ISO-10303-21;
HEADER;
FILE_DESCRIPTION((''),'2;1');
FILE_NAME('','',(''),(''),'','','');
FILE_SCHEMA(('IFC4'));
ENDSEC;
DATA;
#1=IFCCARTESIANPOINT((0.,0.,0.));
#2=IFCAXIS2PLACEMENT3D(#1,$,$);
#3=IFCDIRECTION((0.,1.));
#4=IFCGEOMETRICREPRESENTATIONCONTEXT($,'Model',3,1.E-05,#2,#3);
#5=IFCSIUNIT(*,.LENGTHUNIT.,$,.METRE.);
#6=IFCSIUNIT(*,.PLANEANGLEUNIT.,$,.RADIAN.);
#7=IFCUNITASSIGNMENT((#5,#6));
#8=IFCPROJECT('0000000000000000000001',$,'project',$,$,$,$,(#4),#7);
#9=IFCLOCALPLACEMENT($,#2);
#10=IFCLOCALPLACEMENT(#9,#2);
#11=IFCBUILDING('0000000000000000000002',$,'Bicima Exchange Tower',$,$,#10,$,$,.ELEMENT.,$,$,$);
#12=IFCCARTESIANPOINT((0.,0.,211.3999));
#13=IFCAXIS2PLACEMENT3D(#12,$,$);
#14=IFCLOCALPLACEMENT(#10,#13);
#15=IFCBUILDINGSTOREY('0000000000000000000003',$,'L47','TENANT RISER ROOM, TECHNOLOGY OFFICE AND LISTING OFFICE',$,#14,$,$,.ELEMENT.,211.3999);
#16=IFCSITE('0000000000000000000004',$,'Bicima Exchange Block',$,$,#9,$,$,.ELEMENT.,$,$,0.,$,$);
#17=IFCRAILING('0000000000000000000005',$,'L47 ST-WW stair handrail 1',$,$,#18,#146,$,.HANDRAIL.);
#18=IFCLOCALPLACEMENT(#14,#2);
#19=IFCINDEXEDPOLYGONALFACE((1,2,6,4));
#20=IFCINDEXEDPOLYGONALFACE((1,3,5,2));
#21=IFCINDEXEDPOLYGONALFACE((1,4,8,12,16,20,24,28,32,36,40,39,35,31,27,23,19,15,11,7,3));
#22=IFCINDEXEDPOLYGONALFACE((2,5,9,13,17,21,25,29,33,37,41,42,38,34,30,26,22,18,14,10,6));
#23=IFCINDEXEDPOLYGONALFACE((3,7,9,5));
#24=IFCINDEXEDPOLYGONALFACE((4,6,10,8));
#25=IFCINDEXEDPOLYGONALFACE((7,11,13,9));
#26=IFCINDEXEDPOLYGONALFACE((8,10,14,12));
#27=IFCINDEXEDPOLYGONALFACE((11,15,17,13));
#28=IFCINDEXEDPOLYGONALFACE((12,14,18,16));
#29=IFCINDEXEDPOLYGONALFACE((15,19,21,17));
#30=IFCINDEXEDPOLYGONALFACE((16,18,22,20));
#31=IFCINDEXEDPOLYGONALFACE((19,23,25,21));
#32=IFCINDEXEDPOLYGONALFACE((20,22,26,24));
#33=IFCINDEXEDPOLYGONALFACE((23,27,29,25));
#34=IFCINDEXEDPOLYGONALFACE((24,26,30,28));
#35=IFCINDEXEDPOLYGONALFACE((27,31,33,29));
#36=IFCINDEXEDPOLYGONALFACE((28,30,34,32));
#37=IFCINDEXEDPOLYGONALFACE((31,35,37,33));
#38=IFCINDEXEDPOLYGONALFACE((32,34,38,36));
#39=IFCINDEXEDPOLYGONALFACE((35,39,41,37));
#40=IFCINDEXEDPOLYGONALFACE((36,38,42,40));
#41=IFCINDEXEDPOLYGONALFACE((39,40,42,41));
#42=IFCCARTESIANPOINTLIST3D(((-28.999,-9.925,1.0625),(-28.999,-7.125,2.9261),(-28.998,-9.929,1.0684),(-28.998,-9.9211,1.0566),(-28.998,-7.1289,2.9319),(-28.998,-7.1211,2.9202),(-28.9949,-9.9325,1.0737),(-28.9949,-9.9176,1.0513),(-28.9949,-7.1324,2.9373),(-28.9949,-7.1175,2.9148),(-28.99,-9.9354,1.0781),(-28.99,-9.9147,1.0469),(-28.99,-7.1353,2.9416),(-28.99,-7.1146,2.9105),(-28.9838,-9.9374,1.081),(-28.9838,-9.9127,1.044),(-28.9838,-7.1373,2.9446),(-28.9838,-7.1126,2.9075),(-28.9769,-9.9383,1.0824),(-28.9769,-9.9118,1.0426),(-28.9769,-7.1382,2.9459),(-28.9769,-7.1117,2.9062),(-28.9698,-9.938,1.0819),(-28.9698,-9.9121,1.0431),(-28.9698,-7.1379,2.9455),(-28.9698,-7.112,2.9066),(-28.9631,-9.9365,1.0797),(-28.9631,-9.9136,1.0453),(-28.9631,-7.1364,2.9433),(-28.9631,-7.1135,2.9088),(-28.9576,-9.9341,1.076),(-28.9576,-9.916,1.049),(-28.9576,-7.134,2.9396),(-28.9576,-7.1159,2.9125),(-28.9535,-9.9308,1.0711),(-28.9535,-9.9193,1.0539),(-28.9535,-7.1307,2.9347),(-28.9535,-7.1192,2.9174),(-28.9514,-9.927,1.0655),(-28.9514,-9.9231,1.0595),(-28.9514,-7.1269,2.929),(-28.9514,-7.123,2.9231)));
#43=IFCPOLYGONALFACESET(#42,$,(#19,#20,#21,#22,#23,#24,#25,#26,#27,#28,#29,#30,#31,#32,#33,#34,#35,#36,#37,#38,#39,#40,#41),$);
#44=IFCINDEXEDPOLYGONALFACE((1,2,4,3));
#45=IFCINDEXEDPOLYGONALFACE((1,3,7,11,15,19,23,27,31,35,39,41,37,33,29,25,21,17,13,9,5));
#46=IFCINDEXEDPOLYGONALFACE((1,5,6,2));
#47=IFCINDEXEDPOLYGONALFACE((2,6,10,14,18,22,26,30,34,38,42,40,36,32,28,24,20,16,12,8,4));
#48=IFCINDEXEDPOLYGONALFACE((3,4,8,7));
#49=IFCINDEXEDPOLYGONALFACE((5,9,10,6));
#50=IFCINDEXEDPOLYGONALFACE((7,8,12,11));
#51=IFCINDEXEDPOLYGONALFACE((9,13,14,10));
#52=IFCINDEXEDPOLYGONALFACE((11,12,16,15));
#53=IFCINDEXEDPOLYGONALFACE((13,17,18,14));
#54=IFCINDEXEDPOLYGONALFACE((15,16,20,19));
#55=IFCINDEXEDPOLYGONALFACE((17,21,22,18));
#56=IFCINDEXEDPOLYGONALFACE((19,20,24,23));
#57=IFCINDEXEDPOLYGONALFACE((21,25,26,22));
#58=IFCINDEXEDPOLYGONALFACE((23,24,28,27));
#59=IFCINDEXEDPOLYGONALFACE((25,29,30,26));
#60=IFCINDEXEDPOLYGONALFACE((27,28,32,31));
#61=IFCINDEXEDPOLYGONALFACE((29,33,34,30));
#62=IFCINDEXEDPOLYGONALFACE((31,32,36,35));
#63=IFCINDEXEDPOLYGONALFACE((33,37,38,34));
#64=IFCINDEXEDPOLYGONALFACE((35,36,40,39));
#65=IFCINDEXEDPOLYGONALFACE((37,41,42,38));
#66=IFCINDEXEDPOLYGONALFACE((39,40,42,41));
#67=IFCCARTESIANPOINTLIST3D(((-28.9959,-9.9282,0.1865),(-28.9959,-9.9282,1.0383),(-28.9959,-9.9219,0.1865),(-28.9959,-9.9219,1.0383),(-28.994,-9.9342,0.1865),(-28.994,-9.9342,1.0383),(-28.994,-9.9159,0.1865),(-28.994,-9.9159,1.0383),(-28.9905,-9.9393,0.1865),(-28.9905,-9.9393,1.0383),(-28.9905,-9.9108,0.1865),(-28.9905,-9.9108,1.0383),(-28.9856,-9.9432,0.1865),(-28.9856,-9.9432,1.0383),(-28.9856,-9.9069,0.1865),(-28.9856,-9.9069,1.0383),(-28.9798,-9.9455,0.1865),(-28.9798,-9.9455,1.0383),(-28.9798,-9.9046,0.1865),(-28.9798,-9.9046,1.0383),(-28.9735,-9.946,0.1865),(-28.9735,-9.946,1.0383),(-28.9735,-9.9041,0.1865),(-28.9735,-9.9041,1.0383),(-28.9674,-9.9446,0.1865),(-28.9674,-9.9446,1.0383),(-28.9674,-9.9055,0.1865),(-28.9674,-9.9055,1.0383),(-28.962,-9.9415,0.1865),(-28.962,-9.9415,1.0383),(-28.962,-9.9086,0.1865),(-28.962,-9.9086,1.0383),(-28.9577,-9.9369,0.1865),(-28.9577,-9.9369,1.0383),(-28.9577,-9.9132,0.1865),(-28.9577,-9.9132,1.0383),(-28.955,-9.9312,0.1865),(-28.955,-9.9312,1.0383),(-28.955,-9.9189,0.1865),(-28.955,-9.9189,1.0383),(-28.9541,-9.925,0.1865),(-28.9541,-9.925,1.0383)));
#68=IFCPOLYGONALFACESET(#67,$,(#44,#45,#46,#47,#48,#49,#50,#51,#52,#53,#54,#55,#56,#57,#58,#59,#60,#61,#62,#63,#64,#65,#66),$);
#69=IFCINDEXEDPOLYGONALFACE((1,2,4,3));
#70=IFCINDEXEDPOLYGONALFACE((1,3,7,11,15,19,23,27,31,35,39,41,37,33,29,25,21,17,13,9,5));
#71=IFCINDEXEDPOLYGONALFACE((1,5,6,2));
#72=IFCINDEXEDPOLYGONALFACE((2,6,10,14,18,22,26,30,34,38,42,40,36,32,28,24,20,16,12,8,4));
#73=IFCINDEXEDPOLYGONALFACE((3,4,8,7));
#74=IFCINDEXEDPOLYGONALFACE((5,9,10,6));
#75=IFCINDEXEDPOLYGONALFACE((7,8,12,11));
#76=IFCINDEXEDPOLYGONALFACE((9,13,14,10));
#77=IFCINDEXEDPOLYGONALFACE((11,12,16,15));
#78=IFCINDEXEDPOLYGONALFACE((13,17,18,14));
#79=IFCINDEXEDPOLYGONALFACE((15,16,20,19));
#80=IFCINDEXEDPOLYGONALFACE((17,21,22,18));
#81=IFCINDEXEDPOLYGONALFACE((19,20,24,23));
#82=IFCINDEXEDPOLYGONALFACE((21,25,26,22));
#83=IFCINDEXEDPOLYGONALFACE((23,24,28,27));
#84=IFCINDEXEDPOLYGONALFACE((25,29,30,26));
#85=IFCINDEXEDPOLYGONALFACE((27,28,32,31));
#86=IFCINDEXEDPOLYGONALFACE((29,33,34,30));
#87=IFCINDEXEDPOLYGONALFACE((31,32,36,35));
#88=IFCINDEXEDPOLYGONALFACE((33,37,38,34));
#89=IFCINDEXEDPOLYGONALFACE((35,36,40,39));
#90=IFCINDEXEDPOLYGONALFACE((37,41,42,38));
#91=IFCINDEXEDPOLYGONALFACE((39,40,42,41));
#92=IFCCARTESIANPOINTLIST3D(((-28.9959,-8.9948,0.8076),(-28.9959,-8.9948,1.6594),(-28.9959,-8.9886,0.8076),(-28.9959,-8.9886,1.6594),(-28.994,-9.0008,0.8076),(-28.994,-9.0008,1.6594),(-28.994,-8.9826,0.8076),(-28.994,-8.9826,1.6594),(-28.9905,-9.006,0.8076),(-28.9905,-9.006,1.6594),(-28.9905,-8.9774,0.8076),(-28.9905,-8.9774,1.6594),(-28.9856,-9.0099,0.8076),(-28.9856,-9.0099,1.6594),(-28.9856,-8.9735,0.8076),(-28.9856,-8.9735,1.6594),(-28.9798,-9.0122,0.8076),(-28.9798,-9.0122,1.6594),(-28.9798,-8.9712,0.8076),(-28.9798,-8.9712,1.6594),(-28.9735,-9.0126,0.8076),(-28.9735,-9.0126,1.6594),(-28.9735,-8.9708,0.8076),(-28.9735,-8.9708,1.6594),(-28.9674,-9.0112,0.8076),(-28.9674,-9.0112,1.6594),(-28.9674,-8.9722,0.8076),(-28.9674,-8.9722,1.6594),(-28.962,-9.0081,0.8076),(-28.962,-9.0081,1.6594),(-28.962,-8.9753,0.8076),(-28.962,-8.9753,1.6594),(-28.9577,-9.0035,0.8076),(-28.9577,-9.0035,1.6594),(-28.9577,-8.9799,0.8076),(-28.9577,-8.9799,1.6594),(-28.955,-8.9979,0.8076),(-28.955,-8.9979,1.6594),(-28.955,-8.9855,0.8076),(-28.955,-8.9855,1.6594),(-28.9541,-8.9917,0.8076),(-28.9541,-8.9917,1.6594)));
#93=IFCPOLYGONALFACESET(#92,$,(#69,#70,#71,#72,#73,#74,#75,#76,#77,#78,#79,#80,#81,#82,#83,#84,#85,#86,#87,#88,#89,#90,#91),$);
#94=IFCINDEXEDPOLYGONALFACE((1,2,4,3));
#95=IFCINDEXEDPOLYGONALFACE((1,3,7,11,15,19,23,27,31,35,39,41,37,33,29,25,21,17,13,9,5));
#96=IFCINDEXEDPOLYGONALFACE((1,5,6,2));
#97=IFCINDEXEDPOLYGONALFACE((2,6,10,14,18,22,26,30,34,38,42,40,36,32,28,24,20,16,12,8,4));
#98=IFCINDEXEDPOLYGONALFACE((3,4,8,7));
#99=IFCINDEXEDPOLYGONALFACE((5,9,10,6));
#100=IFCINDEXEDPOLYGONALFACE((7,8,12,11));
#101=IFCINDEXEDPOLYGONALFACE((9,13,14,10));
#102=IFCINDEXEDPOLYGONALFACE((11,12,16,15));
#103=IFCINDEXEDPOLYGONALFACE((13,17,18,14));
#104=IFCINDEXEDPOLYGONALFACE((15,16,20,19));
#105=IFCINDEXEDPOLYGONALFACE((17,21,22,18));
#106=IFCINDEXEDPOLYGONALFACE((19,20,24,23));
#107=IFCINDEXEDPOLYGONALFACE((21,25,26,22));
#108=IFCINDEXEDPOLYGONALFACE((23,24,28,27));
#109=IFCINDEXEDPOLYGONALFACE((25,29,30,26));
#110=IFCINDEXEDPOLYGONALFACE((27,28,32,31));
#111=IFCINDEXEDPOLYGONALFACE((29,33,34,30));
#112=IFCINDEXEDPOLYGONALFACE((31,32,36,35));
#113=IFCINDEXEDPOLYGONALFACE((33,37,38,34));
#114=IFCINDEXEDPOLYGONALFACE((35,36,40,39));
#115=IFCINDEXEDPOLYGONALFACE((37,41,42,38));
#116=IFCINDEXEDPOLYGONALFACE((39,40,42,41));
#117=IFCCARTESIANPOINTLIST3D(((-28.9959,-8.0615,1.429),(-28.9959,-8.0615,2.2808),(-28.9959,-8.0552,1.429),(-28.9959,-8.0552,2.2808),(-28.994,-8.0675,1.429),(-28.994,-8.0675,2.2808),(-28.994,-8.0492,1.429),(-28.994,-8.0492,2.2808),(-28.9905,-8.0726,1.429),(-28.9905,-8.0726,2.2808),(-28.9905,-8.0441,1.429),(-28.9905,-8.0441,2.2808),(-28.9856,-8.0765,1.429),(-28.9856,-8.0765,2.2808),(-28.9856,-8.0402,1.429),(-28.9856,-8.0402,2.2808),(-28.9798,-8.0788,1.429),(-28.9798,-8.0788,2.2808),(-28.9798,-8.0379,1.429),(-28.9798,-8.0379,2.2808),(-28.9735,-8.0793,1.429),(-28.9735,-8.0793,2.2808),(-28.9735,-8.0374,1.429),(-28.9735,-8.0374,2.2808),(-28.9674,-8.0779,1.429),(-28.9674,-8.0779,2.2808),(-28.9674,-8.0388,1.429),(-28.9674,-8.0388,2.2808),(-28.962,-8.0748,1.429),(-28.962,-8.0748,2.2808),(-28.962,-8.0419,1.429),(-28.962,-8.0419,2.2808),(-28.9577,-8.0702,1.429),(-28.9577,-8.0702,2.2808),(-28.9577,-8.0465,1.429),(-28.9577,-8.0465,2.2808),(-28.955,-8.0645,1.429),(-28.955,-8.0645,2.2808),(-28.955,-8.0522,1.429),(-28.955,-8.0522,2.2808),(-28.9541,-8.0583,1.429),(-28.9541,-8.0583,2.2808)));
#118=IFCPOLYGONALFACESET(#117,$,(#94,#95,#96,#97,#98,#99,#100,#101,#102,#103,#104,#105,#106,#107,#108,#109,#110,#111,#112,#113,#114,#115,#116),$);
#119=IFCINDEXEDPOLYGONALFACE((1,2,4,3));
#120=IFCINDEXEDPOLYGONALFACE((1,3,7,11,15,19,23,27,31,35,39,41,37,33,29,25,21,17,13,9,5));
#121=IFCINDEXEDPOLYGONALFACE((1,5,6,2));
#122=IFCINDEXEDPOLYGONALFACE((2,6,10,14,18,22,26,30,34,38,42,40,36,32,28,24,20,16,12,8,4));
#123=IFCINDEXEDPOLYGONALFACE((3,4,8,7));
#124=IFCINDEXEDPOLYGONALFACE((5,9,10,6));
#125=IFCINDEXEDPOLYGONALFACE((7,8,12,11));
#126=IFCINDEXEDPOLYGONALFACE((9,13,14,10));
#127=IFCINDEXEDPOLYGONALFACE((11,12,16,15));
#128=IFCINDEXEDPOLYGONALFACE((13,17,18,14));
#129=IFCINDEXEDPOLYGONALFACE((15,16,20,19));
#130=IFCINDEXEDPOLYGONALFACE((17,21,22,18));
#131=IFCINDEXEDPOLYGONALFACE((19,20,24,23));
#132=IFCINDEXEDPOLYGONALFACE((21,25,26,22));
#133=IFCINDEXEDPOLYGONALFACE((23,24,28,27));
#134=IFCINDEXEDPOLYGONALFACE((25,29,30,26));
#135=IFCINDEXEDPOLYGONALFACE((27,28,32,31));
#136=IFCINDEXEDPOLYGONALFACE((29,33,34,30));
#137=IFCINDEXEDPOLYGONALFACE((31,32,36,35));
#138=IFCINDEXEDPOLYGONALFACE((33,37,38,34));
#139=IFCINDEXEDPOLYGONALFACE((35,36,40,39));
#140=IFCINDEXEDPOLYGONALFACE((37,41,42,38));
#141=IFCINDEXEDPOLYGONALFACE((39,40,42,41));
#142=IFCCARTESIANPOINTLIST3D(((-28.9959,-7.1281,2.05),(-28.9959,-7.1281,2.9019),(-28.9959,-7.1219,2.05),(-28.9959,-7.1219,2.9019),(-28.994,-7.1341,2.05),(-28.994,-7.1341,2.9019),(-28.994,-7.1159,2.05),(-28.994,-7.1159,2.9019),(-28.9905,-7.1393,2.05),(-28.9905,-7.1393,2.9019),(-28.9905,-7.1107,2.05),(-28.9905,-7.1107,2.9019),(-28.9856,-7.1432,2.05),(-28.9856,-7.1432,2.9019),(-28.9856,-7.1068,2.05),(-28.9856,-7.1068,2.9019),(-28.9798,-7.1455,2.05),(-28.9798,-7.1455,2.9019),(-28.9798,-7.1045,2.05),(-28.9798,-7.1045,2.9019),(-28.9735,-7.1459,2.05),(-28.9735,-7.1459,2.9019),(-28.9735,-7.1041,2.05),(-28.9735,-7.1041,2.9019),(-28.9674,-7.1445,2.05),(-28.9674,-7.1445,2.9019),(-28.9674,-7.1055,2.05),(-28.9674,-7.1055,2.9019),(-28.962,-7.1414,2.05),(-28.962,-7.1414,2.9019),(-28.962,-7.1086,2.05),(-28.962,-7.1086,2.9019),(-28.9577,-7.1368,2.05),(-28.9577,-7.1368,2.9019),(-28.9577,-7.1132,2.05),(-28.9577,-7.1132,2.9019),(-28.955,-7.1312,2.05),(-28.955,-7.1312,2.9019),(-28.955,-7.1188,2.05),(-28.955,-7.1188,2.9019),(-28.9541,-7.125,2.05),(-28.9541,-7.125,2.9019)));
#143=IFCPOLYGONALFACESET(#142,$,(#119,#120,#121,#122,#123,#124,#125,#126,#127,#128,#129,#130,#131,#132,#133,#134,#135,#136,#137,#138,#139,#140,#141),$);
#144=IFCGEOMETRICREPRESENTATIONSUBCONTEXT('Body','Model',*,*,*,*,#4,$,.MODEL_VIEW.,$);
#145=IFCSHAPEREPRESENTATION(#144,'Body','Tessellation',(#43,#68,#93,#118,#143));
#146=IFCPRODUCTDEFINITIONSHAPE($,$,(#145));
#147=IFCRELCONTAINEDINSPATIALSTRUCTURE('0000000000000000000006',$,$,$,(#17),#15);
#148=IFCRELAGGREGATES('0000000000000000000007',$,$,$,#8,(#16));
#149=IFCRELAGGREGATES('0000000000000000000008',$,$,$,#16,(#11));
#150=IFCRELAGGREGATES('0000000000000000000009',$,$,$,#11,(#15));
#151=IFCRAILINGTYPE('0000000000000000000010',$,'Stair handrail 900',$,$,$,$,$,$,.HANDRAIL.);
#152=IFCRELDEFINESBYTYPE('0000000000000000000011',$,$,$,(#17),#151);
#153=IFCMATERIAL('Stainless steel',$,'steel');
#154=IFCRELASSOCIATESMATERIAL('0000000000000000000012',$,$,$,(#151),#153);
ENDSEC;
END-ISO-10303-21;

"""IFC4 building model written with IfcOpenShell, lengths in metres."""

from ifc_helpers import new_model, si_unit, direction, frame, origin, origin_2d, place, context, subcontext, project, spatial, circle, extrude, material, type_object, element, save


model = new_model("IFC4")

# Units and contexts
model_context = context("Model", 3, precision=1e-05, world=origin(), true_north=direction((0.0, 1.0)))
body_context = subcontext(model_context, "Body", "Model", "MODEL_VIEW")
ifc_project = project(units=[si_unit("LENGTHUNIT", "METRE"), si_unit("PLANEANGLEUNIT", "RADIAN")], contexts=[model_context])

# Site, building, storey
site_placement = place(None, origin())
site = spatial("IfcSite", under=ifc_project, at=site_placement, Name="Bicima Exchange Block", CompositionType="ELEMENT", RefElevation=0.0)
building_placement = place(site_placement, origin())
building = spatial("IfcBuilding", under=site, at=building_placement, Name="Bicima Exchange Tower", CompositionType="ELEMENT")
storey_placement = place(building_placement, frame((0.0, 0.0, 211.3999)))
storey = spatial("IfcBuildingStorey", under=building, at=storey_placement, Name="L47", Description="TENANT RISER ROOM, TECHNOLOGY OFFICE AND LISTING OFFICE", CompositionType="ELEMENT", Elevation=211.3999)

# Railing
ifc_material_1 = material(Name="Stainless steel", Category="steel")
railing_type_1 = type_object("IfcRailingType", Name="Stair handrail 900", PredefinedType="HANDRAIL", material=ifc_material_1)
railing_1_placement = place(storey_placement, frame((-28.9751, -9.925, 0.1865)))
element("IfcRailing", 1, at=railing_1_placement, inside=storey, type_object=railing_type_1, Name="L47 ST-WW stair handrail 1", PredefinedType="HANDRAIL", context=body_context, shape_type="SweptSolid", body=[
    extrude(circle(Radius=0.0239, at=origin_2d()), frame((0.0, 0.0, 0.876), z_axis=(0.0, 0.832486, 0.554047), x_axis=(-1.0, 0.0, 0.0)), (0.0, 0.0, 1.0), 3.3635),
    extrude(circle(Radius=0.021, at=origin_2d()), origin(), (0.0, 0.0, 1.0), 0.8518),
    extrude(circle(Radius=0.021, at=origin_2d()), frame((0.0, 0.9333, 0.6211)), (0.0, 0.0, 1.0), 0.8518),
    extrude(circle(Radius=0.021, at=origin_2d()), frame((0.0, 1.8667, 1.2424)), (0.0, 0.0, 1.0), 0.8518),
    extrude(circle(Radius=0.021, at=origin_2d()), frame((0.0, 2.8, 1.8635)), (0.0, 0.0, 1.0), 0.8518),
])

save(model, "model.ifc")
